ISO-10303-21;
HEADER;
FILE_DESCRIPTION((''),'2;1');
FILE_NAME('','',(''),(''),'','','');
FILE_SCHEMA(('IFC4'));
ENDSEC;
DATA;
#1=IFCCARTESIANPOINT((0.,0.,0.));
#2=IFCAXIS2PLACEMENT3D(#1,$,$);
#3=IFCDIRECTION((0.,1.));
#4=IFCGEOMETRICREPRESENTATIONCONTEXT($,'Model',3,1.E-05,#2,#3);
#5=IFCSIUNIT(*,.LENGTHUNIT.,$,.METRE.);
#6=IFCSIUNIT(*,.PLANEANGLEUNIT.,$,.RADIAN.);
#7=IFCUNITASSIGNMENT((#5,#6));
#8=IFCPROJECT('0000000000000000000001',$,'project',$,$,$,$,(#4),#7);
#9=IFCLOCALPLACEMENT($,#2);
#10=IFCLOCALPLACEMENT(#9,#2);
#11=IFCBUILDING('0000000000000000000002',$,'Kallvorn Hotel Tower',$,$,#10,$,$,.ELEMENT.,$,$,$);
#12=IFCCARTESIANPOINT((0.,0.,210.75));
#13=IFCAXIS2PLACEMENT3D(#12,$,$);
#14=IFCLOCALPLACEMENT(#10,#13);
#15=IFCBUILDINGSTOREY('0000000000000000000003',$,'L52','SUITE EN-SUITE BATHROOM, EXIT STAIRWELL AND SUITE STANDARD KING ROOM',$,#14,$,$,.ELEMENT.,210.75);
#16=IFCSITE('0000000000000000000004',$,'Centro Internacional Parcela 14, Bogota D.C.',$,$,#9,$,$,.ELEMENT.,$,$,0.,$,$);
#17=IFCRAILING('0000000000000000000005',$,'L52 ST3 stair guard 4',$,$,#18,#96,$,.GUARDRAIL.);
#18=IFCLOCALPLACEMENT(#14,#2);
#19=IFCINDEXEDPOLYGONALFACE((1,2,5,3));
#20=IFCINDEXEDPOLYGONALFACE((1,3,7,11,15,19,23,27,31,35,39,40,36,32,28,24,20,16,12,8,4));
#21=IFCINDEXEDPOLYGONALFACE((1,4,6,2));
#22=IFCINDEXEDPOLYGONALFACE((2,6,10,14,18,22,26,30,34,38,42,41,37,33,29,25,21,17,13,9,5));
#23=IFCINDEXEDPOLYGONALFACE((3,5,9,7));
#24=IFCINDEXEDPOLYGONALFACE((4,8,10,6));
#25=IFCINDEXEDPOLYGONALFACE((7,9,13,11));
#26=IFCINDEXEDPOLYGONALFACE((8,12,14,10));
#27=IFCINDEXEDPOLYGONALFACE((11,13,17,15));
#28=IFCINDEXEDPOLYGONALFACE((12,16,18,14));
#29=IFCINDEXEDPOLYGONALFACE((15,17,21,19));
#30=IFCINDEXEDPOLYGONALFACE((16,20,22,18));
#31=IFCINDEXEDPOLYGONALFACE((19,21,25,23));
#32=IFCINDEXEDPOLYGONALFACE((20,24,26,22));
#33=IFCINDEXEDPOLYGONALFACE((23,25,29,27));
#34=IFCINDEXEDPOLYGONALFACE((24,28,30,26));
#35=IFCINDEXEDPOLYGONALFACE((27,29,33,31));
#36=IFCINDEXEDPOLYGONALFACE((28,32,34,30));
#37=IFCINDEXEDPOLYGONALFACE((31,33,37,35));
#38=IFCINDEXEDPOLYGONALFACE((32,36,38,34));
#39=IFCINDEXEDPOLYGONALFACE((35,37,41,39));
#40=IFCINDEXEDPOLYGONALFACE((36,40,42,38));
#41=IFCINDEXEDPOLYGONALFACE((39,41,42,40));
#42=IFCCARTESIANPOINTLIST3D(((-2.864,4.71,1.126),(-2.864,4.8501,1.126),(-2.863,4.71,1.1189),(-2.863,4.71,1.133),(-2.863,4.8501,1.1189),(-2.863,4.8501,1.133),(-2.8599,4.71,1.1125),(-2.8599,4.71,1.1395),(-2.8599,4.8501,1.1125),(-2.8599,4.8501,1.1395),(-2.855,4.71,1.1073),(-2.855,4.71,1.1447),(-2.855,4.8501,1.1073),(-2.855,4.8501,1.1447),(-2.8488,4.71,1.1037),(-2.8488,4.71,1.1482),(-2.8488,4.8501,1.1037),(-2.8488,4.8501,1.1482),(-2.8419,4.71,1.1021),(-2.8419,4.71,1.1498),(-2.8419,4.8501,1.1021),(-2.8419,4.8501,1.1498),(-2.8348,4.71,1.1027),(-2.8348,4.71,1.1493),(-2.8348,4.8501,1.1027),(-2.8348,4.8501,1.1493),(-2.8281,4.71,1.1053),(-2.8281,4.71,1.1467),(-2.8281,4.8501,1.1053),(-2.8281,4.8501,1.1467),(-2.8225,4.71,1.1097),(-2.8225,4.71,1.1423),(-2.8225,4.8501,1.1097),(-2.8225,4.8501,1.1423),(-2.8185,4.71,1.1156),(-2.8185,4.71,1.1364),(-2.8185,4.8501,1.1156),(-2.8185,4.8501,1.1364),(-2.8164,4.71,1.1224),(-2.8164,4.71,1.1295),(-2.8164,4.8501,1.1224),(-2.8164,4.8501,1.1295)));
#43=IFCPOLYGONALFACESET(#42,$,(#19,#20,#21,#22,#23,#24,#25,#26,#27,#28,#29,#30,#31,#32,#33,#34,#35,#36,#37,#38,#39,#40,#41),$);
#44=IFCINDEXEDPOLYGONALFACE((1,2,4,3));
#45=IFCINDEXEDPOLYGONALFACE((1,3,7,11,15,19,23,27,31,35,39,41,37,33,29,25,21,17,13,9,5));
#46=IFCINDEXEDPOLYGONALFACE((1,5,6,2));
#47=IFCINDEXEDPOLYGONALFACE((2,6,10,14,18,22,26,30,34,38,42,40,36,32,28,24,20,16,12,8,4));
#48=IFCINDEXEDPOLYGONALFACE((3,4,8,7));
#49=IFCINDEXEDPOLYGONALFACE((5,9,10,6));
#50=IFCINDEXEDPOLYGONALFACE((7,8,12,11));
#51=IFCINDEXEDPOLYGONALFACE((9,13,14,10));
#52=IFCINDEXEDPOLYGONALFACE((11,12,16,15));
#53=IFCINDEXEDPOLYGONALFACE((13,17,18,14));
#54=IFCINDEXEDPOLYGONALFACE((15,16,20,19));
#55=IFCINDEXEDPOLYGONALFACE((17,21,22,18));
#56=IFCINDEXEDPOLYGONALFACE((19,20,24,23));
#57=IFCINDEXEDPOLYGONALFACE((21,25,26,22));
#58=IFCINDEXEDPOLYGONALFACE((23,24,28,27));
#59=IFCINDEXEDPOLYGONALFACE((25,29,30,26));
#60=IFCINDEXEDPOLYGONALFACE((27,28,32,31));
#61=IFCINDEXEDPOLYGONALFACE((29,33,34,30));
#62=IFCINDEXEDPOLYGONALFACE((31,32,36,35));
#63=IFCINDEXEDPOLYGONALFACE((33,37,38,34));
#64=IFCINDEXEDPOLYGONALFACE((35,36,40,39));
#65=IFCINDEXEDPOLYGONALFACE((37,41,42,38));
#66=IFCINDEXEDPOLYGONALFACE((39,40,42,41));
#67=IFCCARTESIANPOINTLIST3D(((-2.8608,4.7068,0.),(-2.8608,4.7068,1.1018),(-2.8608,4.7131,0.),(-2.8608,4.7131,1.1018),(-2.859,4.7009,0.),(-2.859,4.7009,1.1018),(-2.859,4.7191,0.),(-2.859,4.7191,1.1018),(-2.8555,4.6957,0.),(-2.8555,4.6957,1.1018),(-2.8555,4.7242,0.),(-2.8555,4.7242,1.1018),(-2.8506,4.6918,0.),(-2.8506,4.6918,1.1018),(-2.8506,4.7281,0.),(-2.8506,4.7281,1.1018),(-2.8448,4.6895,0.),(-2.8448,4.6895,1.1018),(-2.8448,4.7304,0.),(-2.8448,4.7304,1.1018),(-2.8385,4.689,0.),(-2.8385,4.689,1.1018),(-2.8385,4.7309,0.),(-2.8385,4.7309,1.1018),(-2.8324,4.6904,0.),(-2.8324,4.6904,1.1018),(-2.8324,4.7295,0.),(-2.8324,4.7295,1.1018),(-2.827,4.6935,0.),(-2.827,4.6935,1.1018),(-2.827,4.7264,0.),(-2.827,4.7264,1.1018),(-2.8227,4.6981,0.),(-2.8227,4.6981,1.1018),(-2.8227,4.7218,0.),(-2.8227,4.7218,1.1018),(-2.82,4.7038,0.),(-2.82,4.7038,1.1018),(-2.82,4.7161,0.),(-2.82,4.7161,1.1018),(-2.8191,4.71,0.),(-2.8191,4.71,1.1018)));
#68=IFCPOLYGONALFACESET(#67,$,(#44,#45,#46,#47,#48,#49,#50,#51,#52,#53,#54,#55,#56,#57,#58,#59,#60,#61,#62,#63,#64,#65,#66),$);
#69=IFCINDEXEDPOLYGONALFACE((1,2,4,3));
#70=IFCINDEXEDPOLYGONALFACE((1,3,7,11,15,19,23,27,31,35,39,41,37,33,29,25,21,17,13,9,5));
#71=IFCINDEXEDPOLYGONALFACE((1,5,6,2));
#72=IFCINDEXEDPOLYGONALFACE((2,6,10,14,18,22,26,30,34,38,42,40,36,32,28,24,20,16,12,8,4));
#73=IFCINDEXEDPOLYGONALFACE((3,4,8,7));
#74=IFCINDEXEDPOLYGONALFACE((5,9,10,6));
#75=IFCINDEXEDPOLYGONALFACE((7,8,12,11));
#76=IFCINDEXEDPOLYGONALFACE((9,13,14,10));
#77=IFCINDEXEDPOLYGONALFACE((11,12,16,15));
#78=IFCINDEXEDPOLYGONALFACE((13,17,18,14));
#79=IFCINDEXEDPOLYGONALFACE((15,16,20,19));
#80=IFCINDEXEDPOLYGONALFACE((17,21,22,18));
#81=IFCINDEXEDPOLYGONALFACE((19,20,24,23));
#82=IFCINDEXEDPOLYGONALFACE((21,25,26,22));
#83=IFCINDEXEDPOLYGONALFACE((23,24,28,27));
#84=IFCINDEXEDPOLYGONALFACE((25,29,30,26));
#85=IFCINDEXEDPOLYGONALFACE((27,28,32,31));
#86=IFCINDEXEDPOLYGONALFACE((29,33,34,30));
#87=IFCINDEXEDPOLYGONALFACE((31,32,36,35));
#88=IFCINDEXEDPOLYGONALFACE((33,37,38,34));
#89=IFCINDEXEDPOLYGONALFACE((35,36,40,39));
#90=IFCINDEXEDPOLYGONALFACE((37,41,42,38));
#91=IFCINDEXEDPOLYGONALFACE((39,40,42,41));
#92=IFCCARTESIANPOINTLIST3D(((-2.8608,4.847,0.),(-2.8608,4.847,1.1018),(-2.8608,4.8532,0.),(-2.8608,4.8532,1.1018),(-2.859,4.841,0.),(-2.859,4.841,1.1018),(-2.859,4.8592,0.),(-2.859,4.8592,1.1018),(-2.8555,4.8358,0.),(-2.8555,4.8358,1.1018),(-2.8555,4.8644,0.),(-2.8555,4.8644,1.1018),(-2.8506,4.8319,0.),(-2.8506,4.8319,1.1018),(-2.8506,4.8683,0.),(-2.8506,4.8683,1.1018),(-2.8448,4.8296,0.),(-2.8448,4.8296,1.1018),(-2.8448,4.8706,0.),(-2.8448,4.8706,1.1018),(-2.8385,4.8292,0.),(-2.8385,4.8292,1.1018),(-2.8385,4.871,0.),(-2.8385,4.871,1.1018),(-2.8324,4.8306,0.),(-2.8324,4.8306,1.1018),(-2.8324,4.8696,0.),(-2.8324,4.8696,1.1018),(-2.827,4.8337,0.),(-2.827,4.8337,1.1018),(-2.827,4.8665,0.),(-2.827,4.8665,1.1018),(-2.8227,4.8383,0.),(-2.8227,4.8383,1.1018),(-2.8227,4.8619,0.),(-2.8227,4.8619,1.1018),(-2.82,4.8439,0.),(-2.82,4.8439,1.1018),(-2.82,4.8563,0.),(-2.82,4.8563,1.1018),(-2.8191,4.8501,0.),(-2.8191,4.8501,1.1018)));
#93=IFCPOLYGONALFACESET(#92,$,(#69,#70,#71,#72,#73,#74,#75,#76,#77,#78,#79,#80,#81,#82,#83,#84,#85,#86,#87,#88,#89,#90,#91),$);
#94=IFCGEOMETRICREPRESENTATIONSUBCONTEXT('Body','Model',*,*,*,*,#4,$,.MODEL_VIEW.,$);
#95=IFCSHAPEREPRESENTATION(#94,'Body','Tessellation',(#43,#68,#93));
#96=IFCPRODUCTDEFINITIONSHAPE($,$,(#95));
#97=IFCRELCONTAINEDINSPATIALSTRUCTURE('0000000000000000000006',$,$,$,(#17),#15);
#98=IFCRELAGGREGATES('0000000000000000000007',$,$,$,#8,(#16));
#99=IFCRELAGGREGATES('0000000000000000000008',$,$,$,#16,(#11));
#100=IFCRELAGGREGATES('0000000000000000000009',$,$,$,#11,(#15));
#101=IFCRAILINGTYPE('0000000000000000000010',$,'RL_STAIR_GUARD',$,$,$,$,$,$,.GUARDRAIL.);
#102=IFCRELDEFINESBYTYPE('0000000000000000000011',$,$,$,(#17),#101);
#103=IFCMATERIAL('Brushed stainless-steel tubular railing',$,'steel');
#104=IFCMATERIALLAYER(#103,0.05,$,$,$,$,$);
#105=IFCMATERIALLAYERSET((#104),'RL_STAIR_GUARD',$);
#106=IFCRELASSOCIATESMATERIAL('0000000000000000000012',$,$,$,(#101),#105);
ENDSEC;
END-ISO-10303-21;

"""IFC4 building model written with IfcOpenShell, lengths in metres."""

from ifc_helpers import new_model, si_unit, direction, frame, origin, origin_2d, place, context, subcontext, project, spatial, circle, extrude, material, layer, layer_set, type_object, element, save


model = new_model("IFC4")

# Units and contexts
model_context = context("Model", 3, precision=1e-05, world=origin(), true_north=direction((0.0, 1.0)))
body_context = subcontext(model_context, "Body", "Model", "MODEL_VIEW")
ifc_project = project(units=[si_unit("LENGTHUNIT", "METRE"), si_unit("PLANEANGLEUNIT", "RADIAN")], contexts=[model_context])

# Site, building, storey
site_placement = place(None, origin())
site = spatial("IfcSite", under=ifc_project, at=site_placement, Name="Centro Internacional Parcela 14, Bogota D.C.", CompositionType="ELEMENT", RefElevation=0.0)
building_placement = place(site_placement, origin())
building = spatial("IfcBuilding", under=site, at=building_placement, Name="Kallvorn Hotel Tower", CompositionType="ELEMENT")
storey_placement = place(building_placement, frame((0.0, 0.0, 210.75)))
storey = spatial("IfcBuildingStorey", under=building, at=storey_placement, Name="L52", Description="SUITE EN-SUITE BATHROOM, EXIT STAIRWELL AND SUITE STANDARD KING ROOM", CompositionType="ELEMENT", Elevation=210.75)

# Railing
ifc_material_1 = material(Name="Brushed stainless-steel tubular railing", Category="steel")
ifc_layer_1 = layer(ifc_material_1, 0.05)
ifc_layer_set_1 = layer_set([ifc_layer_1], Name="RL_STAIR_GUARD")
railing_type_1 = type_object("IfcRailingType", Name="RL_STAIR_GUARD", PredefinedType="GUARDRAIL", material=ifc_layer_set_1)
railing_1_placement = place(storey_placement, frame((-2.8401, 4.71, 0.0)))
element("IfcRailing", 1, at=railing_1_placement, inside=storey, type_object=railing_type_1, Name="L52 ST3 stair guard 4", PredefinedType="GUARDRAIL", context=body_context, shape_type="SweptSolid", body=[
    extrude(circle(Radius=0.0239, at=origin_2d()), frame((0.0, 0.0, 1.126), z_axis=(0.0, 1.0, 0.0), x_axis=(-1.0, 0.0, 0.0)), (0.0, 0.0, 1.0), 0.1401),
    extrude(circle(Radius=0.021, at=origin_2d()), origin(), (0.0, 0.0, 1.0), 1.1018),
    extrude(circle(Radius=0.021, at=origin_2d()), frame((0.0, 0.1401, 0.0)), (0.0, 0.0, 1.0), 1.1018),
])

save(model, "model.ifc")
